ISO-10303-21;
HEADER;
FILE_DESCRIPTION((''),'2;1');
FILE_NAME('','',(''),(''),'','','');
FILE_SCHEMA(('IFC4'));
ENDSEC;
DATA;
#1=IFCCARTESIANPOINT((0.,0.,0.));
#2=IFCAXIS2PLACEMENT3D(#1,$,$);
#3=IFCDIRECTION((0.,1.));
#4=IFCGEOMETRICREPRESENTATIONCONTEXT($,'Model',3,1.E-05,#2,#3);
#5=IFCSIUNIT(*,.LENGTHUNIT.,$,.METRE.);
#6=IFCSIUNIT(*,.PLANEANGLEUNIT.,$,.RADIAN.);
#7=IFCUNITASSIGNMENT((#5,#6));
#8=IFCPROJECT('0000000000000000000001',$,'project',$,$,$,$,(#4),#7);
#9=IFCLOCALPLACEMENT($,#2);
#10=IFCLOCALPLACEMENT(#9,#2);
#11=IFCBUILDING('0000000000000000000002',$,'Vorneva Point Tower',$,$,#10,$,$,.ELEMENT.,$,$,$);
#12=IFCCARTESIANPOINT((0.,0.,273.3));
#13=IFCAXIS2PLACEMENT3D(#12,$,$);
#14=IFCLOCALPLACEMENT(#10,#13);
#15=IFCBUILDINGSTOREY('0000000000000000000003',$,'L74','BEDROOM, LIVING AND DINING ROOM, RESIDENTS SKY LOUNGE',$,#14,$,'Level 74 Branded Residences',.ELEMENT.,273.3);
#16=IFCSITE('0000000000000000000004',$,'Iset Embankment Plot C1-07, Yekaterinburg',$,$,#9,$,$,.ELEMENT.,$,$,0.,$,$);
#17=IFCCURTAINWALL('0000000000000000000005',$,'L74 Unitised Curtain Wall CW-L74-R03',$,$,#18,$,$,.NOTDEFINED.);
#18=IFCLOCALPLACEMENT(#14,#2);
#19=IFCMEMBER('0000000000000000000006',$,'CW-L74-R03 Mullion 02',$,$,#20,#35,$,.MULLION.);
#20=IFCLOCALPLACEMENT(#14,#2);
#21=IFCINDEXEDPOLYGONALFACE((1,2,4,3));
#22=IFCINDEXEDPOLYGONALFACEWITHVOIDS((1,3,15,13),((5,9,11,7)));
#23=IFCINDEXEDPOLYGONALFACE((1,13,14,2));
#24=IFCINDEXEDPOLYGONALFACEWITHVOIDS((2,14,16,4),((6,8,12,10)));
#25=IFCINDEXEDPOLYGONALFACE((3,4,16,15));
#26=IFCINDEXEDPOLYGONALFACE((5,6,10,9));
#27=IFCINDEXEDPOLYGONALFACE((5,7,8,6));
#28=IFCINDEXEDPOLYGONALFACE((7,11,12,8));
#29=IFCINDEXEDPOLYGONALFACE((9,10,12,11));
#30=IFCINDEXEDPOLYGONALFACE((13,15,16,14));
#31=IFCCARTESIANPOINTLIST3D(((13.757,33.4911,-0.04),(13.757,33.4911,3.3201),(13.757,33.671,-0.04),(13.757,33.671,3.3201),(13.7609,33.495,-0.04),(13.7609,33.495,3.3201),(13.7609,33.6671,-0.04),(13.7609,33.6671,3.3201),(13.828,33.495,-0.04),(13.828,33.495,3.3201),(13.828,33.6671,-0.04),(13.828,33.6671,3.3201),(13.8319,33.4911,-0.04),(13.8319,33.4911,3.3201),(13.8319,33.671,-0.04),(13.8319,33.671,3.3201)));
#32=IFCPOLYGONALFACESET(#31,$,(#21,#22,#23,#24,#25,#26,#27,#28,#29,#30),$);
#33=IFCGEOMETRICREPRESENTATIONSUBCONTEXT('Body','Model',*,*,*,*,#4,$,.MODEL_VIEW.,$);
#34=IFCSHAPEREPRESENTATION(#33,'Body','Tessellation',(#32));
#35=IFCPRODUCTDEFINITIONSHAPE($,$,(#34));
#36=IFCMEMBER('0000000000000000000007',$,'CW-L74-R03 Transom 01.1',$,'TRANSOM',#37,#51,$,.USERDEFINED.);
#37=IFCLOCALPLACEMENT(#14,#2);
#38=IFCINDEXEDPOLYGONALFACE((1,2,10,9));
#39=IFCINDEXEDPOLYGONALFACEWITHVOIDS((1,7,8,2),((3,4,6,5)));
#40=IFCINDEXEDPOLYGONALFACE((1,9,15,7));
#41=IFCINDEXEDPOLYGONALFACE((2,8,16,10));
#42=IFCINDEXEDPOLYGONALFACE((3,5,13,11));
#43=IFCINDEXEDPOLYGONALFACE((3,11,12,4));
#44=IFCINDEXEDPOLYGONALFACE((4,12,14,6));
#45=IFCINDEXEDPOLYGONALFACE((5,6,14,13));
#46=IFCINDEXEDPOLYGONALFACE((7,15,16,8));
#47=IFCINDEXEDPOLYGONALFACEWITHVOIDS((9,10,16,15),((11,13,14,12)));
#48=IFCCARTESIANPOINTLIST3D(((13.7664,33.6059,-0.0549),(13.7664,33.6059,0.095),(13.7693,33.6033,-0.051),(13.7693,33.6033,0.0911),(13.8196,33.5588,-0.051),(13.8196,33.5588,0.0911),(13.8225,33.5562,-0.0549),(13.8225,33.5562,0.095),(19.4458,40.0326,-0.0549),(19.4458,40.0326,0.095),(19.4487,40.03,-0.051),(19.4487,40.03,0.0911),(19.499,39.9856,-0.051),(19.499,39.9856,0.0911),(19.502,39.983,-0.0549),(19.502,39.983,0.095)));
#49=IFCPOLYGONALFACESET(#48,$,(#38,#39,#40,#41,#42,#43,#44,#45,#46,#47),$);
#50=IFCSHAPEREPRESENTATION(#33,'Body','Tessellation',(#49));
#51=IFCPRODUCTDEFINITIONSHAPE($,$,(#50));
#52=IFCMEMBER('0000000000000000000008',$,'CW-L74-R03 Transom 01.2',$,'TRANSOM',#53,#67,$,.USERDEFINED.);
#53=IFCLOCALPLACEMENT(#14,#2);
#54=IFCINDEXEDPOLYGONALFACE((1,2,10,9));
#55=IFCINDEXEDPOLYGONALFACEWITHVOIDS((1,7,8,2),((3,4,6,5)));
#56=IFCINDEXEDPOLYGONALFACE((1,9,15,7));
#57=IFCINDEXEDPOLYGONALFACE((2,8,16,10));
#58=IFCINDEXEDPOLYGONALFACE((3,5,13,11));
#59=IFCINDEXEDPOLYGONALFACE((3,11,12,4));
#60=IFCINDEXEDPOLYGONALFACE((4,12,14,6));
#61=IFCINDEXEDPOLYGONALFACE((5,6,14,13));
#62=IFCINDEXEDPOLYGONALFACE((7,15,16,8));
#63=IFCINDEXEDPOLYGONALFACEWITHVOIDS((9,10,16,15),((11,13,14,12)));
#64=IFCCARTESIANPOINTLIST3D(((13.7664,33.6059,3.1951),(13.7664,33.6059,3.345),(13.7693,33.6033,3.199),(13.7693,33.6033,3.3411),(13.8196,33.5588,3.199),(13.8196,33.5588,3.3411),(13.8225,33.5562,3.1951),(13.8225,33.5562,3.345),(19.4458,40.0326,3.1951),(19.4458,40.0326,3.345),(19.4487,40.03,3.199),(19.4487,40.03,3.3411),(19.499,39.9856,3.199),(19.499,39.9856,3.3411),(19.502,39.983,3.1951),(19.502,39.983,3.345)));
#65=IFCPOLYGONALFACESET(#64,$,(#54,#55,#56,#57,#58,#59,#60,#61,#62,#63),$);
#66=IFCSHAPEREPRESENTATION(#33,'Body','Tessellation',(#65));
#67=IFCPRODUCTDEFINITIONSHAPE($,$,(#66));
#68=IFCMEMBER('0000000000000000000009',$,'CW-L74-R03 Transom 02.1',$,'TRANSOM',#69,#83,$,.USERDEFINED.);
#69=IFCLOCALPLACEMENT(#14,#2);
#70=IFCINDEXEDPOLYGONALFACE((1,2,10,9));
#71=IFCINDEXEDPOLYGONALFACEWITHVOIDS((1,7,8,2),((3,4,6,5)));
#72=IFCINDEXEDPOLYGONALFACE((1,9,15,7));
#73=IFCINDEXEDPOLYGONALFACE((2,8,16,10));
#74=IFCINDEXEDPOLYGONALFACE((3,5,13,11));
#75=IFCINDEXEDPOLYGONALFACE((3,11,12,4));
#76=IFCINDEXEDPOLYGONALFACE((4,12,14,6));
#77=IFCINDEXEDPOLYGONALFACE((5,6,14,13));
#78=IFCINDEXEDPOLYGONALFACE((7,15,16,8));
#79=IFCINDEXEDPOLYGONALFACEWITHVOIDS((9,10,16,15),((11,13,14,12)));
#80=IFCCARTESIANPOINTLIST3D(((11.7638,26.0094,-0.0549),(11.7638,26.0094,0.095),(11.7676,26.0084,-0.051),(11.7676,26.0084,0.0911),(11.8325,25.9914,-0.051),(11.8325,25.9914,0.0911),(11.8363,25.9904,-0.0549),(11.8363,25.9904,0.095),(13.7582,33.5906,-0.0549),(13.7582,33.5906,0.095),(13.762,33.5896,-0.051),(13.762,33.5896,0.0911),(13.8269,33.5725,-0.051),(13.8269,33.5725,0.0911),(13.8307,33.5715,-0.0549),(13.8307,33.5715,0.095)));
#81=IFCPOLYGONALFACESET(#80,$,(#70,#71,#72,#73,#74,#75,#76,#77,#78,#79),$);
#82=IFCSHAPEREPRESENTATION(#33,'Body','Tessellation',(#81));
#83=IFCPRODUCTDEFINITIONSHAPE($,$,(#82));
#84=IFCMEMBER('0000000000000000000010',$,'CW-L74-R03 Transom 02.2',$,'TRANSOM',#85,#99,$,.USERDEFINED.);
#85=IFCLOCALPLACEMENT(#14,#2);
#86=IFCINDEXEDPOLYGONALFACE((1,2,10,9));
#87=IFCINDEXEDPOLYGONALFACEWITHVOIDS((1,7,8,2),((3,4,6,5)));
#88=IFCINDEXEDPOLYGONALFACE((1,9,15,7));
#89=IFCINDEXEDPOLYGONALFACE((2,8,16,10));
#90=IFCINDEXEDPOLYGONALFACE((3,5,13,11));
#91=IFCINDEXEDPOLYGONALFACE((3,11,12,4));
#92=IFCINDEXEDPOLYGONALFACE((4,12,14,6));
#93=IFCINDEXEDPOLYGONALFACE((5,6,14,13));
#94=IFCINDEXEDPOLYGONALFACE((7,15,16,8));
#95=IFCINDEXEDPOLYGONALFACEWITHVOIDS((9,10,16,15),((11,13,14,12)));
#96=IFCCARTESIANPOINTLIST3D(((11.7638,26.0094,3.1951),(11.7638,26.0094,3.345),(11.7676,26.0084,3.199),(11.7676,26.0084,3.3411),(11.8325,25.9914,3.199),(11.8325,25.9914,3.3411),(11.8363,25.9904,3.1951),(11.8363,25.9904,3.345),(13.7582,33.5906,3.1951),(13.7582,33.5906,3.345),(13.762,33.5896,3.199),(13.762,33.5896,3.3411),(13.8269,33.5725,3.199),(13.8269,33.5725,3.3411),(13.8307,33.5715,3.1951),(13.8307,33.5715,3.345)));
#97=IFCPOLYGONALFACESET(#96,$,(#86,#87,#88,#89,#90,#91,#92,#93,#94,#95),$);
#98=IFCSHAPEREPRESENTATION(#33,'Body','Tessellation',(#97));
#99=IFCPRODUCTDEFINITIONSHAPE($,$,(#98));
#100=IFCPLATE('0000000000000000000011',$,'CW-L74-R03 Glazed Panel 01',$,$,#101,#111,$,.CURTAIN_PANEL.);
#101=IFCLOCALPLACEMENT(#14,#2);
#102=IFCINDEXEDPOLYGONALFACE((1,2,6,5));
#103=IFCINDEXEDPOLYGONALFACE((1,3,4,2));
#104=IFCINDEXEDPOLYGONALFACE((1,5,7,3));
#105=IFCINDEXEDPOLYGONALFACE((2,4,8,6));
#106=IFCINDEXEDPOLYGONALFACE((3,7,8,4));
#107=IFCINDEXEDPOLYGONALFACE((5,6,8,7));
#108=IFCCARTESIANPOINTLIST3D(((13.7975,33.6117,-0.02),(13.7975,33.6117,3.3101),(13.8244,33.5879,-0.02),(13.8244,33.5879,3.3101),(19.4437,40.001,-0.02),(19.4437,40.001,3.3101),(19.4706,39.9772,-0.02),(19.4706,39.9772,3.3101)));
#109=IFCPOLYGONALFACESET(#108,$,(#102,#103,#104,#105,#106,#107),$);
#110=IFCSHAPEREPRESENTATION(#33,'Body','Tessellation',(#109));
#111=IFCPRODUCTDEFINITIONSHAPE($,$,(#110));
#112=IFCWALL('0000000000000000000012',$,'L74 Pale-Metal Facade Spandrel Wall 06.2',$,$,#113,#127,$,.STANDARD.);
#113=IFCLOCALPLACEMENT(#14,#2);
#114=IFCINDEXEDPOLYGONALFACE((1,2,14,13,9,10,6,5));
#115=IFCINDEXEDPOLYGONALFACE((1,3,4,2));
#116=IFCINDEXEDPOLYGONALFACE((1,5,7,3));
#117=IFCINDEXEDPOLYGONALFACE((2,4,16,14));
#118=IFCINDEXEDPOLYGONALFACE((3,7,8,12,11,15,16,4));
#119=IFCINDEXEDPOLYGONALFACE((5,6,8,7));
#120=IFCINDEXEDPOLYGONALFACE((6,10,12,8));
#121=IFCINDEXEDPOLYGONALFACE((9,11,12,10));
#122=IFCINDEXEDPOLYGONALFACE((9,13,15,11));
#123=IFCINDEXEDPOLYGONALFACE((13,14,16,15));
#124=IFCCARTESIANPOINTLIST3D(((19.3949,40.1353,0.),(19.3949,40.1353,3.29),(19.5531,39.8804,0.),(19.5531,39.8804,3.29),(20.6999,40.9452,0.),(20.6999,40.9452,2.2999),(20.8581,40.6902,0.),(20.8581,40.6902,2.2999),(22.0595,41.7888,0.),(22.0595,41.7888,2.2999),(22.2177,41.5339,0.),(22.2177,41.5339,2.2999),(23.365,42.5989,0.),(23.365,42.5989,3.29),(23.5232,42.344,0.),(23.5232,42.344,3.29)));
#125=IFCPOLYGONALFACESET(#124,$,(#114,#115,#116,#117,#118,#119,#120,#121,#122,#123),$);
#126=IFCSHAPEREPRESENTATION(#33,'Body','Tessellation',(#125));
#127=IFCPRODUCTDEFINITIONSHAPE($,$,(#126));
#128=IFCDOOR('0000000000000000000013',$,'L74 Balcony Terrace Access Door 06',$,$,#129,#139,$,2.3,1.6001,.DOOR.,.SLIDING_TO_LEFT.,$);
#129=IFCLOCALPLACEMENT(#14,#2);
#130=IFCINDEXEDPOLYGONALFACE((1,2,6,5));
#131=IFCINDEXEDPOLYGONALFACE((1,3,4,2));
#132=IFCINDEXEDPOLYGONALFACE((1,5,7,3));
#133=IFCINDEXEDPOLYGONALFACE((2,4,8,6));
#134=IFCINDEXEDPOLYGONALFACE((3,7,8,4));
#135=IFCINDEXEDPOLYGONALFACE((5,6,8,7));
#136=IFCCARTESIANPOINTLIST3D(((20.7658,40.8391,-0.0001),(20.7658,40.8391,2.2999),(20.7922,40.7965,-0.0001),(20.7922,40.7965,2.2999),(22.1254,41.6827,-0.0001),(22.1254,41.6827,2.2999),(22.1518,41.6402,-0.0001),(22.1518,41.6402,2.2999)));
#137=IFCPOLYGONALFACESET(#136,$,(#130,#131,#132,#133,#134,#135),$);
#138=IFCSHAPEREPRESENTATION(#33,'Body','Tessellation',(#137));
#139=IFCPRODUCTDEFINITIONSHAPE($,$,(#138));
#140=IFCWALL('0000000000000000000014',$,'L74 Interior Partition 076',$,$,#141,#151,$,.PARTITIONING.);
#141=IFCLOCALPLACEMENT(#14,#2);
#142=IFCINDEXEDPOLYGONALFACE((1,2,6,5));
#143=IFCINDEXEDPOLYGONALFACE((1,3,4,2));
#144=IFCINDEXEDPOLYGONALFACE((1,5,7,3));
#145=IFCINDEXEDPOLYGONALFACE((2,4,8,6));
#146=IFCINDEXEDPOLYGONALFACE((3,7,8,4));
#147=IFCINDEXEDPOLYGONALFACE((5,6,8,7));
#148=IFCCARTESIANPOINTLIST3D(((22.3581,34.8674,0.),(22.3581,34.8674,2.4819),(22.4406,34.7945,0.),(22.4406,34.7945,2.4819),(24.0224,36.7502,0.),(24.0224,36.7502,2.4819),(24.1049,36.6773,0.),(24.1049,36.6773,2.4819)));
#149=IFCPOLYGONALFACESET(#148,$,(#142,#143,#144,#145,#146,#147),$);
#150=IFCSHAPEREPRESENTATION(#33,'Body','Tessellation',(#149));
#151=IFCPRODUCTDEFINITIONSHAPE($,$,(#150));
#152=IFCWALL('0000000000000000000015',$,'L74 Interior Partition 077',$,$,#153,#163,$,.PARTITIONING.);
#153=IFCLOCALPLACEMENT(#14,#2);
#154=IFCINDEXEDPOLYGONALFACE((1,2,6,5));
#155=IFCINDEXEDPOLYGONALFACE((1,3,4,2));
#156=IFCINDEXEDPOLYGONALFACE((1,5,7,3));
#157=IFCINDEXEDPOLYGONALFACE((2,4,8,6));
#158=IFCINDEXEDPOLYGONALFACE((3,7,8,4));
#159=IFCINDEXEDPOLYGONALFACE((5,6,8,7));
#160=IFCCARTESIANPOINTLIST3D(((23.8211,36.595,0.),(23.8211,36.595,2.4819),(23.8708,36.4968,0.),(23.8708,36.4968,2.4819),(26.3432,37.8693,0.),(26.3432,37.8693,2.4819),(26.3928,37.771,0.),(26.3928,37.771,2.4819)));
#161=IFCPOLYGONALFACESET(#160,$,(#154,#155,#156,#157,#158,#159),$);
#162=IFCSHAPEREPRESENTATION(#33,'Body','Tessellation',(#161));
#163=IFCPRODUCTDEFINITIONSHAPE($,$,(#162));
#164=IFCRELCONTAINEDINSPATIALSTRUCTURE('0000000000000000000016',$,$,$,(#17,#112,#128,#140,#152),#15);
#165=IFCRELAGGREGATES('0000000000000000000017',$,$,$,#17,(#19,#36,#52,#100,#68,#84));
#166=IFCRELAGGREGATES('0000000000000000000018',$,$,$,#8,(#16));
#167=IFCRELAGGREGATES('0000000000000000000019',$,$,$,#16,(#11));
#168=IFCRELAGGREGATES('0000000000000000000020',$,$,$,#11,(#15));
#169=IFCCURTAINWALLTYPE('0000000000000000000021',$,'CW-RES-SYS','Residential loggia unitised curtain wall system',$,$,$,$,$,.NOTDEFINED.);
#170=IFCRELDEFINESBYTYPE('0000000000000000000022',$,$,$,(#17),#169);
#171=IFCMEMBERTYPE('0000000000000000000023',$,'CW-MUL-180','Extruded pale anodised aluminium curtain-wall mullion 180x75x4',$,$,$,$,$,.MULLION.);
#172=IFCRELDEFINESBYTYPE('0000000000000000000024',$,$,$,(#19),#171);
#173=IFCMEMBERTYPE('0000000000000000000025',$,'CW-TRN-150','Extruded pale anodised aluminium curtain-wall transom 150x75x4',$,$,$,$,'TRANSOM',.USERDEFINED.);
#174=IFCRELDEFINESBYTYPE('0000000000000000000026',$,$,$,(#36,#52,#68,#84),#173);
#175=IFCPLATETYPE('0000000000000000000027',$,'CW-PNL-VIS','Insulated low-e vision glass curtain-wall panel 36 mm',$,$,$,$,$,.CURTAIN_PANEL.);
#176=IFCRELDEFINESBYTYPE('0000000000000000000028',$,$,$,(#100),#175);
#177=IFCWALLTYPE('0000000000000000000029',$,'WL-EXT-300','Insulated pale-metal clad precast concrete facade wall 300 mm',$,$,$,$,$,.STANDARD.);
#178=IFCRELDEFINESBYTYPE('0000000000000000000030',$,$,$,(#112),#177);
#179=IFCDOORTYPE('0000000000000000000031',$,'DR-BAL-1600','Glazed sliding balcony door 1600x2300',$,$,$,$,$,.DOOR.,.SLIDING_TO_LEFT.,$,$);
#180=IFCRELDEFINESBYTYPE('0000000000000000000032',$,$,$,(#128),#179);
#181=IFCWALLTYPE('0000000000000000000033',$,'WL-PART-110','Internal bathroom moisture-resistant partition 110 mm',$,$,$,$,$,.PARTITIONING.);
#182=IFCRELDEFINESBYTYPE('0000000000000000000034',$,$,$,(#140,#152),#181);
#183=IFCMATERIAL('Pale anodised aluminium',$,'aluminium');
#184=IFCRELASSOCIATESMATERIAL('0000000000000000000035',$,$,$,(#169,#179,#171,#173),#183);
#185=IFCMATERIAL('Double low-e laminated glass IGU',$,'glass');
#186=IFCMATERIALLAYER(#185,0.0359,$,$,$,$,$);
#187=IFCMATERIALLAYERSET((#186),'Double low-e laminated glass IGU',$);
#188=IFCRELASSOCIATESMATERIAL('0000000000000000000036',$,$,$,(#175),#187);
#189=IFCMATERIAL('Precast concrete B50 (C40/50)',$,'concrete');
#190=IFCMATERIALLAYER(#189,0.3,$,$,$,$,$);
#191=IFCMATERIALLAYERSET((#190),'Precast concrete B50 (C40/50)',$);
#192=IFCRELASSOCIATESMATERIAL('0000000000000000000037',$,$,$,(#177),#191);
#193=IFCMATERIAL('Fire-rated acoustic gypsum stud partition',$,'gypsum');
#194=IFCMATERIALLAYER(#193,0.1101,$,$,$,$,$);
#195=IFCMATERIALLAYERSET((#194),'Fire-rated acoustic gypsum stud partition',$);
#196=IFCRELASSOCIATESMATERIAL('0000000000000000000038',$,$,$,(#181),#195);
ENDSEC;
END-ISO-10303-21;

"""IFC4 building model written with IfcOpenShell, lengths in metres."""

from ifc_helpers import new_model, si_unit, direction, frame, frame_2d, origin, origin_2d, place, context, subcontext, project, spatial, rectangle, hollow_rectangle, extrude, material, layer, layer_set, material_profile, profile_set, type_object, element, fill, aggregate, save


model = new_model("IFC4")

# Units and contexts
model_context = context("Model", 3, precision=1e-05, world=origin(), true_north=direction((0.0, 1.0)))
body_context = subcontext(model_context, "Body", "Model", "MODEL_VIEW")
ifc_project = project(units=[si_unit("LENGTHUNIT", "METRE"), si_unit("PLANEANGLEUNIT", "RADIAN")], contexts=[model_context])

# Site, building, storey
site_placement = place(None, origin())
site = spatial("IfcSite", under=ifc_project, at=site_placement, Name="Iset Embankment Plot C1-07, Yekaterinburg", CompositionType="ELEMENT", RefElevation=0.0)
building_placement = place(site_placement, origin())
building = spatial("IfcBuilding", under=site, at=building_placement, Name="Vorneva Point Tower", CompositionType="ELEMENT")
storey_placement = place(building_placement, frame((0.0, 0.0, 273.3)))
storey = spatial("IfcBuildingStorey", under=building, at=storey_placement, Name="L74", Description="BEDROOM, LIVING AND DINING ROOM, RESIDENTS SKY LOUNGE", LongName="Level 74 Branded Residences", CompositionType="ELEMENT", Elevation=273.3)

# Curtain wall, members, plate
ifc_material_1 = material(Name="Pale anodised aluminium", Category="aluminium")
curtain_wall_type = type_object("IfcCurtainWallType", Name="CW-RES-SYS", Description="Residential loggia unitised curtain wall system", PredefinedType="NOTDEFINED", material=ifc_material_1)
curtain_wall_placement = place(storey_placement, origin())
curtain_wall = element("IfcCurtainWall", 1, at=curtain_wall_placement, inside=storey, type_object=curtain_wall_type, Name="L74 Unitised Curtain Wall CW-L74-R03", PredefinedType="NOTDEFINED")
ifc_material_profile_1 = material_profile(ifc_material_1, hollow_rectangle(XDim=0.075, YDim=0.1799, WallThickness=0.0039, at=origin_2d()), Name="AL-MUL 180x75x4")
ifc_profile_set_1 = profile_set([ifc_material_profile_1], Name="Pale anodised aluminium")
member_type_1 = type_object("IfcMemberType", Name="CW-MUL-180", Description="Extruded pale anodised aluminium curtain-wall mullion 180x75x4", PredefinedType="MULLION", material=ifc_profile_set_1)
member_1_placement = place(storey_placement, frame((13.7944, 33.5811, -0.04), z_axis=(0.0, 0.0, 1.0), x_axis=(1.0, 0.0, 0.0)))
member_1 = element("IfcMember", 2, at=member_1_placement, type_object=member_type_1, Name="CW-L74-R03 Mullion 02", PredefinedType="MULLION", context=body_context, shape_type="SweptSolid", body=[
    extrude(hollow_rectangle(XDim=0.075, YDim=0.1799, WallThickness=0.0039, at=origin_2d()), origin(), (0.0, 0.0, 1.0), 3.3601),
])
ifc_material_profile_2 = material_profile(ifc_material_1, hollow_rectangle(XDim=0.075, YDim=0.1499, WallThickness=0.0039, at=origin_2d()), Name="AL-TRN 150x75x4")
ifc_profile_set_2 = profile_set([ifc_material_profile_2], Name="Pale anodised aluminium")
member_type_2 = type_object("IfcMemberType", Name="CW-TRN-150", Description="Extruded pale anodised aluminium curtain-wall transom 150x75x4", ElementType="TRANSOM", PredefinedType="USERDEFINED", material=ifc_profile_set_2)
member_2_placement = place(storey_placement, frame((19.4739, 40.0078, 0.02), z_axis=(-0.662197, -0.74933, 0.0), x_axis=(0.74933, -0.662197, 0.0)))
member_2 = element("IfcMember", 3, at=member_2_placement, type_object=member_type_2, Name="CW-L74-R03 Transom 01.1", ObjectType="TRANSOM", PredefinedType="USERDEFINED", context=body_context, shape_type="SweptSolid", body=[
    extrude(hollow_rectangle(XDim=0.075, YDim=0.1499, WallThickness=0.0039, at=origin_2d()), origin(), (0.0, 0.0, 1.0), 8.5767),
])
member_3_placement = place(storey_placement, frame((19.4739, 40.0078, 3.27), z_axis=(-0.662197, -0.74933, 0.0), x_axis=(0.74933, -0.662197, 0.0)))
member_3 = element("IfcMember", 4, at=member_3_placement, type_object=member_type_2, Name="CW-L74-R03 Transom 01.2", ObjectType="TRANSOM", PredefinedType="USERDEFINED", context=body_context, shape_type="SweptSolid", body=[
    extrude(hollow_rectangle(XDim=0.075, YDim=0.1499, WallThickness=0.0039, at=origin_2d()), origin(), (0.0, 0.0, 1.0), 8.5767),
])
member_4_placement = place(storey_placement, frame((13.7944, 33.5811, 0.02), z_axis=(-0.254418, -0.967094, 0.0), x_axis=(0.967094, -0.254418, 0.0)))
member_4 = element("IfcMember", 5, at=member_4_placement, type_object=member_type_2, Name="CW-L74-R03 Transom 02.1", ObjectType="TRANSOM", PredefinedType="USERDEFINED", context=body_context, shape_type="SweptSolid", body=[
    extrude(hollow_rectangle(XDim=0.075, YDim=0.1499, WallThickness=0.0039, at=origin_2d()), origin(), (0.0, 0.0, 1.0), 7.8391),
])
member_5_placement = place(storey_placement, frame((13.7944, 33.5811, 3.27), z_axis=(-0.254418, -0.967094, 0.0), x_axis=(0.967094, -0.254418, 0.0)))
member_5 = element("IfcMember", 6, at=member_5_placement, type_object=member_type_2, Name="CW-L74-R03 Transom 02.2", ObjectType="TRANSOM", PredefinedType="USERDEFINED", context=body_context, shape_type="SweptSolid", body=[
    extrude(hollow_rectangle(XDim=0.075, YDim=0.1499, WallThickness=0.0039, at=origin_2d()), origin(), (0.0, 0.0, 1.0), 7.8391),
])
ifc_material_2 = material(Name="Double low-e laminated glass IGU", Category="glass")
ifc_layer_1 = layer(ifc_material_2, 0.0359)
ifc_layer_set_1 = layer_set([ifc_layer_1], Name="Double low-e laminated glass IGU")
plate_type = type_object("IfcPlateType", Name="CW-PNL-VIS", Description="Insulated low-e vision glass curtain-wall panel 36 mm", PredefinedType="CURTAIN_PANEL", material=ifc_layer_set_1)
plate_placement = place(storey_placement, frame((16.634, 36.7944, -0.02), z_axis=(0.0, 0.0, 1.0), x_axis=(-0.662189, -0.749337, 0.0)))
plate = element("IfcPlate", 7, at=plate_placement, type_object=plate_type, Name="CW-L74-R03 Glazed Panel 01", PredefinedType="CURTAIN_PANEL", context=body_context, shape_type="SweptSolid", body=[
    extrude(rectangle(XDim=8.5266, YDim=0.0359, at=origin_2d()), origin(), (0.0, 0.0, 1.0), 3.3301),
])
aggregate(curtain_wall, [member_1, member_2, member_3, plate, member_4, member_5])

# Wall, opening, door
ifc_material_3 = material(Name="Precast concrete B50 (C40/50)", Category="concrete")
ifc_layer_2 = layer(ifc_material_3, 0.3)
ifc_layer_set_2 = layer_set([ifc_layer_2], Name="Precast concrete B50 (C40/50)")
wall_type_1 = type_object("IfcWallType", Name="WL-EXT-300", Description="Insulated pale-metal clad precast concrete facade wall 300 mm", PredefinedType="STANDARD", material=ifc_layer_set_2)
wall_1_placement = place(storey_placement, frame((23.4441, 42.4714, 0.0), z_axis=(0.0, 0.0, 1.0), x_axis=(-0.849702, -0.527263, 0.0)))
wall_1 = element("IfcWall", 8, at=wall_1_placement, inside=storey, type_object=wall_type_1, Name="L74 Pale-Metal Facade Spandrel Wall 06.2", PredefinedType="STANDARD", context=body_context, shape_type="SweptSolid", body=[
    extrude(rectangle(XDim=4.6724, YDim=0.3, at=frame_2d((2.3362, 0.0))), origin(), (0.0, 0.0, 1.0), 3.29),
])
opening_1_placement = place(wall_1_placement, frame((1.5364, 0.0, 0.0)))
opening_1 = element("IfcOpeningElement", 9, at=opening_1_placement, cuts=wall_1, PredefinedType="OPENING", context=body_context, shape_type="SweptSolid", body=[
    extrude(rectangle(XDim=1.6001, YDim=2.3, at=frame_2d((0.8, 1.1499))), frame((0.0, 0.165, 0.0), z_axis=(0.0, -1.0, 0.0), x_axis=(1.0, 0.0, 0.0)), (0.0, 0.0, 1.0), 0.3298),
])
door_type_1 = type_object("IfcDoorType", Name="DR-BAL-1600", Description="Glazed sliding balcony door 1600x2300", OperationType="SLIDING_TO_LEFT", PredefinedType="DOOR", material=ifc_material_1)
door_1_placement = place(opening_1_placement, origin())
door_1 = element("IfcDoor", 10, at=door_1_placement, inside=storey, type_object=door_type_1, Name="L74 Balcony Terrace Access Door 06", OperationType="SLIDING_TO_LEFT", OverallHeight=2.3, OverallWidth=1.6001, PredefinedType="DOOR", context=body_context, shape_type="SweptSolid", body=[
    extrude(rectangle(XDim=1.6001, YDim=2.3, at=frame_2d((0.8, 1.1499))), frame((0.0, 0.0249, 0.0), z_axis=(0.0, -1.0, 0.0), x_axis=(1.0, 0.0, 0.0)), (0.0, 0.0, 1.0), 0.05),
])
fill(opening_1, door_1)

# Walls
ifc_material_4 = material(Name="Fire-rated acoustic gypsum stud partition", Category="gypsum")
ifc_layer_3 = layer(ifc_material_4, 0.1101)
ifc_layer_set_3 = layer_set([ifc_layer_3], Name="Fire-rated acoustic gypsum stud partition")
wall_type_2 = type_object("IfcWallType", Name="WL-PART-110", Description="Internal bathroom moisture-resistant partition 110 mm", PredefinedType="PARTITIONING", material=ifc_layer_set_3)
wall_2_placement = place(storey_placement, frame((22.3994, 34.8311, 0.0), z_axis=(0.0, 0.0, 1.0), x_axis=(0.662293, 0.749245, 0.0)))
element("IfcWall", 11, at=wall_2_placement, inside=storey, type_object=wall_type_2, Name="L74 Interior Partition 076", PredefinedType="PARTITIONING", context=body_context, shape_type="SweptSolid", body=[
    extrude(rectangle(XDim=2.5129, YDim=0.1101, at=frame_2d((1.2563, 0.0))), origin(), (0.0, 0.0, 1.0), 2.4819),
])
wall_3_placement = place(storey_placement, frame((23.8459, 36.5459, 0.0), z_axis=(0.0, 0.0, 1.0), x_axis=(0.892553, 0.450942, 0.0)))
element("IfcWall", 12, at=wall_3_placement, inside=storey, type_object=wall_type_2, Name="L74 Interior Partition 077", PredefinedType="PARTITIONING", context=body_context, shape_type="SweptSolid", body=[
    extrude(rectangle(XDim=2.8257, YDim=0.1101, at=frame_2d((1.4128, 0.0))), origin(), (0.0, 0.0, 1.0), 2.4819),
])

save(model, "model.ifc")
